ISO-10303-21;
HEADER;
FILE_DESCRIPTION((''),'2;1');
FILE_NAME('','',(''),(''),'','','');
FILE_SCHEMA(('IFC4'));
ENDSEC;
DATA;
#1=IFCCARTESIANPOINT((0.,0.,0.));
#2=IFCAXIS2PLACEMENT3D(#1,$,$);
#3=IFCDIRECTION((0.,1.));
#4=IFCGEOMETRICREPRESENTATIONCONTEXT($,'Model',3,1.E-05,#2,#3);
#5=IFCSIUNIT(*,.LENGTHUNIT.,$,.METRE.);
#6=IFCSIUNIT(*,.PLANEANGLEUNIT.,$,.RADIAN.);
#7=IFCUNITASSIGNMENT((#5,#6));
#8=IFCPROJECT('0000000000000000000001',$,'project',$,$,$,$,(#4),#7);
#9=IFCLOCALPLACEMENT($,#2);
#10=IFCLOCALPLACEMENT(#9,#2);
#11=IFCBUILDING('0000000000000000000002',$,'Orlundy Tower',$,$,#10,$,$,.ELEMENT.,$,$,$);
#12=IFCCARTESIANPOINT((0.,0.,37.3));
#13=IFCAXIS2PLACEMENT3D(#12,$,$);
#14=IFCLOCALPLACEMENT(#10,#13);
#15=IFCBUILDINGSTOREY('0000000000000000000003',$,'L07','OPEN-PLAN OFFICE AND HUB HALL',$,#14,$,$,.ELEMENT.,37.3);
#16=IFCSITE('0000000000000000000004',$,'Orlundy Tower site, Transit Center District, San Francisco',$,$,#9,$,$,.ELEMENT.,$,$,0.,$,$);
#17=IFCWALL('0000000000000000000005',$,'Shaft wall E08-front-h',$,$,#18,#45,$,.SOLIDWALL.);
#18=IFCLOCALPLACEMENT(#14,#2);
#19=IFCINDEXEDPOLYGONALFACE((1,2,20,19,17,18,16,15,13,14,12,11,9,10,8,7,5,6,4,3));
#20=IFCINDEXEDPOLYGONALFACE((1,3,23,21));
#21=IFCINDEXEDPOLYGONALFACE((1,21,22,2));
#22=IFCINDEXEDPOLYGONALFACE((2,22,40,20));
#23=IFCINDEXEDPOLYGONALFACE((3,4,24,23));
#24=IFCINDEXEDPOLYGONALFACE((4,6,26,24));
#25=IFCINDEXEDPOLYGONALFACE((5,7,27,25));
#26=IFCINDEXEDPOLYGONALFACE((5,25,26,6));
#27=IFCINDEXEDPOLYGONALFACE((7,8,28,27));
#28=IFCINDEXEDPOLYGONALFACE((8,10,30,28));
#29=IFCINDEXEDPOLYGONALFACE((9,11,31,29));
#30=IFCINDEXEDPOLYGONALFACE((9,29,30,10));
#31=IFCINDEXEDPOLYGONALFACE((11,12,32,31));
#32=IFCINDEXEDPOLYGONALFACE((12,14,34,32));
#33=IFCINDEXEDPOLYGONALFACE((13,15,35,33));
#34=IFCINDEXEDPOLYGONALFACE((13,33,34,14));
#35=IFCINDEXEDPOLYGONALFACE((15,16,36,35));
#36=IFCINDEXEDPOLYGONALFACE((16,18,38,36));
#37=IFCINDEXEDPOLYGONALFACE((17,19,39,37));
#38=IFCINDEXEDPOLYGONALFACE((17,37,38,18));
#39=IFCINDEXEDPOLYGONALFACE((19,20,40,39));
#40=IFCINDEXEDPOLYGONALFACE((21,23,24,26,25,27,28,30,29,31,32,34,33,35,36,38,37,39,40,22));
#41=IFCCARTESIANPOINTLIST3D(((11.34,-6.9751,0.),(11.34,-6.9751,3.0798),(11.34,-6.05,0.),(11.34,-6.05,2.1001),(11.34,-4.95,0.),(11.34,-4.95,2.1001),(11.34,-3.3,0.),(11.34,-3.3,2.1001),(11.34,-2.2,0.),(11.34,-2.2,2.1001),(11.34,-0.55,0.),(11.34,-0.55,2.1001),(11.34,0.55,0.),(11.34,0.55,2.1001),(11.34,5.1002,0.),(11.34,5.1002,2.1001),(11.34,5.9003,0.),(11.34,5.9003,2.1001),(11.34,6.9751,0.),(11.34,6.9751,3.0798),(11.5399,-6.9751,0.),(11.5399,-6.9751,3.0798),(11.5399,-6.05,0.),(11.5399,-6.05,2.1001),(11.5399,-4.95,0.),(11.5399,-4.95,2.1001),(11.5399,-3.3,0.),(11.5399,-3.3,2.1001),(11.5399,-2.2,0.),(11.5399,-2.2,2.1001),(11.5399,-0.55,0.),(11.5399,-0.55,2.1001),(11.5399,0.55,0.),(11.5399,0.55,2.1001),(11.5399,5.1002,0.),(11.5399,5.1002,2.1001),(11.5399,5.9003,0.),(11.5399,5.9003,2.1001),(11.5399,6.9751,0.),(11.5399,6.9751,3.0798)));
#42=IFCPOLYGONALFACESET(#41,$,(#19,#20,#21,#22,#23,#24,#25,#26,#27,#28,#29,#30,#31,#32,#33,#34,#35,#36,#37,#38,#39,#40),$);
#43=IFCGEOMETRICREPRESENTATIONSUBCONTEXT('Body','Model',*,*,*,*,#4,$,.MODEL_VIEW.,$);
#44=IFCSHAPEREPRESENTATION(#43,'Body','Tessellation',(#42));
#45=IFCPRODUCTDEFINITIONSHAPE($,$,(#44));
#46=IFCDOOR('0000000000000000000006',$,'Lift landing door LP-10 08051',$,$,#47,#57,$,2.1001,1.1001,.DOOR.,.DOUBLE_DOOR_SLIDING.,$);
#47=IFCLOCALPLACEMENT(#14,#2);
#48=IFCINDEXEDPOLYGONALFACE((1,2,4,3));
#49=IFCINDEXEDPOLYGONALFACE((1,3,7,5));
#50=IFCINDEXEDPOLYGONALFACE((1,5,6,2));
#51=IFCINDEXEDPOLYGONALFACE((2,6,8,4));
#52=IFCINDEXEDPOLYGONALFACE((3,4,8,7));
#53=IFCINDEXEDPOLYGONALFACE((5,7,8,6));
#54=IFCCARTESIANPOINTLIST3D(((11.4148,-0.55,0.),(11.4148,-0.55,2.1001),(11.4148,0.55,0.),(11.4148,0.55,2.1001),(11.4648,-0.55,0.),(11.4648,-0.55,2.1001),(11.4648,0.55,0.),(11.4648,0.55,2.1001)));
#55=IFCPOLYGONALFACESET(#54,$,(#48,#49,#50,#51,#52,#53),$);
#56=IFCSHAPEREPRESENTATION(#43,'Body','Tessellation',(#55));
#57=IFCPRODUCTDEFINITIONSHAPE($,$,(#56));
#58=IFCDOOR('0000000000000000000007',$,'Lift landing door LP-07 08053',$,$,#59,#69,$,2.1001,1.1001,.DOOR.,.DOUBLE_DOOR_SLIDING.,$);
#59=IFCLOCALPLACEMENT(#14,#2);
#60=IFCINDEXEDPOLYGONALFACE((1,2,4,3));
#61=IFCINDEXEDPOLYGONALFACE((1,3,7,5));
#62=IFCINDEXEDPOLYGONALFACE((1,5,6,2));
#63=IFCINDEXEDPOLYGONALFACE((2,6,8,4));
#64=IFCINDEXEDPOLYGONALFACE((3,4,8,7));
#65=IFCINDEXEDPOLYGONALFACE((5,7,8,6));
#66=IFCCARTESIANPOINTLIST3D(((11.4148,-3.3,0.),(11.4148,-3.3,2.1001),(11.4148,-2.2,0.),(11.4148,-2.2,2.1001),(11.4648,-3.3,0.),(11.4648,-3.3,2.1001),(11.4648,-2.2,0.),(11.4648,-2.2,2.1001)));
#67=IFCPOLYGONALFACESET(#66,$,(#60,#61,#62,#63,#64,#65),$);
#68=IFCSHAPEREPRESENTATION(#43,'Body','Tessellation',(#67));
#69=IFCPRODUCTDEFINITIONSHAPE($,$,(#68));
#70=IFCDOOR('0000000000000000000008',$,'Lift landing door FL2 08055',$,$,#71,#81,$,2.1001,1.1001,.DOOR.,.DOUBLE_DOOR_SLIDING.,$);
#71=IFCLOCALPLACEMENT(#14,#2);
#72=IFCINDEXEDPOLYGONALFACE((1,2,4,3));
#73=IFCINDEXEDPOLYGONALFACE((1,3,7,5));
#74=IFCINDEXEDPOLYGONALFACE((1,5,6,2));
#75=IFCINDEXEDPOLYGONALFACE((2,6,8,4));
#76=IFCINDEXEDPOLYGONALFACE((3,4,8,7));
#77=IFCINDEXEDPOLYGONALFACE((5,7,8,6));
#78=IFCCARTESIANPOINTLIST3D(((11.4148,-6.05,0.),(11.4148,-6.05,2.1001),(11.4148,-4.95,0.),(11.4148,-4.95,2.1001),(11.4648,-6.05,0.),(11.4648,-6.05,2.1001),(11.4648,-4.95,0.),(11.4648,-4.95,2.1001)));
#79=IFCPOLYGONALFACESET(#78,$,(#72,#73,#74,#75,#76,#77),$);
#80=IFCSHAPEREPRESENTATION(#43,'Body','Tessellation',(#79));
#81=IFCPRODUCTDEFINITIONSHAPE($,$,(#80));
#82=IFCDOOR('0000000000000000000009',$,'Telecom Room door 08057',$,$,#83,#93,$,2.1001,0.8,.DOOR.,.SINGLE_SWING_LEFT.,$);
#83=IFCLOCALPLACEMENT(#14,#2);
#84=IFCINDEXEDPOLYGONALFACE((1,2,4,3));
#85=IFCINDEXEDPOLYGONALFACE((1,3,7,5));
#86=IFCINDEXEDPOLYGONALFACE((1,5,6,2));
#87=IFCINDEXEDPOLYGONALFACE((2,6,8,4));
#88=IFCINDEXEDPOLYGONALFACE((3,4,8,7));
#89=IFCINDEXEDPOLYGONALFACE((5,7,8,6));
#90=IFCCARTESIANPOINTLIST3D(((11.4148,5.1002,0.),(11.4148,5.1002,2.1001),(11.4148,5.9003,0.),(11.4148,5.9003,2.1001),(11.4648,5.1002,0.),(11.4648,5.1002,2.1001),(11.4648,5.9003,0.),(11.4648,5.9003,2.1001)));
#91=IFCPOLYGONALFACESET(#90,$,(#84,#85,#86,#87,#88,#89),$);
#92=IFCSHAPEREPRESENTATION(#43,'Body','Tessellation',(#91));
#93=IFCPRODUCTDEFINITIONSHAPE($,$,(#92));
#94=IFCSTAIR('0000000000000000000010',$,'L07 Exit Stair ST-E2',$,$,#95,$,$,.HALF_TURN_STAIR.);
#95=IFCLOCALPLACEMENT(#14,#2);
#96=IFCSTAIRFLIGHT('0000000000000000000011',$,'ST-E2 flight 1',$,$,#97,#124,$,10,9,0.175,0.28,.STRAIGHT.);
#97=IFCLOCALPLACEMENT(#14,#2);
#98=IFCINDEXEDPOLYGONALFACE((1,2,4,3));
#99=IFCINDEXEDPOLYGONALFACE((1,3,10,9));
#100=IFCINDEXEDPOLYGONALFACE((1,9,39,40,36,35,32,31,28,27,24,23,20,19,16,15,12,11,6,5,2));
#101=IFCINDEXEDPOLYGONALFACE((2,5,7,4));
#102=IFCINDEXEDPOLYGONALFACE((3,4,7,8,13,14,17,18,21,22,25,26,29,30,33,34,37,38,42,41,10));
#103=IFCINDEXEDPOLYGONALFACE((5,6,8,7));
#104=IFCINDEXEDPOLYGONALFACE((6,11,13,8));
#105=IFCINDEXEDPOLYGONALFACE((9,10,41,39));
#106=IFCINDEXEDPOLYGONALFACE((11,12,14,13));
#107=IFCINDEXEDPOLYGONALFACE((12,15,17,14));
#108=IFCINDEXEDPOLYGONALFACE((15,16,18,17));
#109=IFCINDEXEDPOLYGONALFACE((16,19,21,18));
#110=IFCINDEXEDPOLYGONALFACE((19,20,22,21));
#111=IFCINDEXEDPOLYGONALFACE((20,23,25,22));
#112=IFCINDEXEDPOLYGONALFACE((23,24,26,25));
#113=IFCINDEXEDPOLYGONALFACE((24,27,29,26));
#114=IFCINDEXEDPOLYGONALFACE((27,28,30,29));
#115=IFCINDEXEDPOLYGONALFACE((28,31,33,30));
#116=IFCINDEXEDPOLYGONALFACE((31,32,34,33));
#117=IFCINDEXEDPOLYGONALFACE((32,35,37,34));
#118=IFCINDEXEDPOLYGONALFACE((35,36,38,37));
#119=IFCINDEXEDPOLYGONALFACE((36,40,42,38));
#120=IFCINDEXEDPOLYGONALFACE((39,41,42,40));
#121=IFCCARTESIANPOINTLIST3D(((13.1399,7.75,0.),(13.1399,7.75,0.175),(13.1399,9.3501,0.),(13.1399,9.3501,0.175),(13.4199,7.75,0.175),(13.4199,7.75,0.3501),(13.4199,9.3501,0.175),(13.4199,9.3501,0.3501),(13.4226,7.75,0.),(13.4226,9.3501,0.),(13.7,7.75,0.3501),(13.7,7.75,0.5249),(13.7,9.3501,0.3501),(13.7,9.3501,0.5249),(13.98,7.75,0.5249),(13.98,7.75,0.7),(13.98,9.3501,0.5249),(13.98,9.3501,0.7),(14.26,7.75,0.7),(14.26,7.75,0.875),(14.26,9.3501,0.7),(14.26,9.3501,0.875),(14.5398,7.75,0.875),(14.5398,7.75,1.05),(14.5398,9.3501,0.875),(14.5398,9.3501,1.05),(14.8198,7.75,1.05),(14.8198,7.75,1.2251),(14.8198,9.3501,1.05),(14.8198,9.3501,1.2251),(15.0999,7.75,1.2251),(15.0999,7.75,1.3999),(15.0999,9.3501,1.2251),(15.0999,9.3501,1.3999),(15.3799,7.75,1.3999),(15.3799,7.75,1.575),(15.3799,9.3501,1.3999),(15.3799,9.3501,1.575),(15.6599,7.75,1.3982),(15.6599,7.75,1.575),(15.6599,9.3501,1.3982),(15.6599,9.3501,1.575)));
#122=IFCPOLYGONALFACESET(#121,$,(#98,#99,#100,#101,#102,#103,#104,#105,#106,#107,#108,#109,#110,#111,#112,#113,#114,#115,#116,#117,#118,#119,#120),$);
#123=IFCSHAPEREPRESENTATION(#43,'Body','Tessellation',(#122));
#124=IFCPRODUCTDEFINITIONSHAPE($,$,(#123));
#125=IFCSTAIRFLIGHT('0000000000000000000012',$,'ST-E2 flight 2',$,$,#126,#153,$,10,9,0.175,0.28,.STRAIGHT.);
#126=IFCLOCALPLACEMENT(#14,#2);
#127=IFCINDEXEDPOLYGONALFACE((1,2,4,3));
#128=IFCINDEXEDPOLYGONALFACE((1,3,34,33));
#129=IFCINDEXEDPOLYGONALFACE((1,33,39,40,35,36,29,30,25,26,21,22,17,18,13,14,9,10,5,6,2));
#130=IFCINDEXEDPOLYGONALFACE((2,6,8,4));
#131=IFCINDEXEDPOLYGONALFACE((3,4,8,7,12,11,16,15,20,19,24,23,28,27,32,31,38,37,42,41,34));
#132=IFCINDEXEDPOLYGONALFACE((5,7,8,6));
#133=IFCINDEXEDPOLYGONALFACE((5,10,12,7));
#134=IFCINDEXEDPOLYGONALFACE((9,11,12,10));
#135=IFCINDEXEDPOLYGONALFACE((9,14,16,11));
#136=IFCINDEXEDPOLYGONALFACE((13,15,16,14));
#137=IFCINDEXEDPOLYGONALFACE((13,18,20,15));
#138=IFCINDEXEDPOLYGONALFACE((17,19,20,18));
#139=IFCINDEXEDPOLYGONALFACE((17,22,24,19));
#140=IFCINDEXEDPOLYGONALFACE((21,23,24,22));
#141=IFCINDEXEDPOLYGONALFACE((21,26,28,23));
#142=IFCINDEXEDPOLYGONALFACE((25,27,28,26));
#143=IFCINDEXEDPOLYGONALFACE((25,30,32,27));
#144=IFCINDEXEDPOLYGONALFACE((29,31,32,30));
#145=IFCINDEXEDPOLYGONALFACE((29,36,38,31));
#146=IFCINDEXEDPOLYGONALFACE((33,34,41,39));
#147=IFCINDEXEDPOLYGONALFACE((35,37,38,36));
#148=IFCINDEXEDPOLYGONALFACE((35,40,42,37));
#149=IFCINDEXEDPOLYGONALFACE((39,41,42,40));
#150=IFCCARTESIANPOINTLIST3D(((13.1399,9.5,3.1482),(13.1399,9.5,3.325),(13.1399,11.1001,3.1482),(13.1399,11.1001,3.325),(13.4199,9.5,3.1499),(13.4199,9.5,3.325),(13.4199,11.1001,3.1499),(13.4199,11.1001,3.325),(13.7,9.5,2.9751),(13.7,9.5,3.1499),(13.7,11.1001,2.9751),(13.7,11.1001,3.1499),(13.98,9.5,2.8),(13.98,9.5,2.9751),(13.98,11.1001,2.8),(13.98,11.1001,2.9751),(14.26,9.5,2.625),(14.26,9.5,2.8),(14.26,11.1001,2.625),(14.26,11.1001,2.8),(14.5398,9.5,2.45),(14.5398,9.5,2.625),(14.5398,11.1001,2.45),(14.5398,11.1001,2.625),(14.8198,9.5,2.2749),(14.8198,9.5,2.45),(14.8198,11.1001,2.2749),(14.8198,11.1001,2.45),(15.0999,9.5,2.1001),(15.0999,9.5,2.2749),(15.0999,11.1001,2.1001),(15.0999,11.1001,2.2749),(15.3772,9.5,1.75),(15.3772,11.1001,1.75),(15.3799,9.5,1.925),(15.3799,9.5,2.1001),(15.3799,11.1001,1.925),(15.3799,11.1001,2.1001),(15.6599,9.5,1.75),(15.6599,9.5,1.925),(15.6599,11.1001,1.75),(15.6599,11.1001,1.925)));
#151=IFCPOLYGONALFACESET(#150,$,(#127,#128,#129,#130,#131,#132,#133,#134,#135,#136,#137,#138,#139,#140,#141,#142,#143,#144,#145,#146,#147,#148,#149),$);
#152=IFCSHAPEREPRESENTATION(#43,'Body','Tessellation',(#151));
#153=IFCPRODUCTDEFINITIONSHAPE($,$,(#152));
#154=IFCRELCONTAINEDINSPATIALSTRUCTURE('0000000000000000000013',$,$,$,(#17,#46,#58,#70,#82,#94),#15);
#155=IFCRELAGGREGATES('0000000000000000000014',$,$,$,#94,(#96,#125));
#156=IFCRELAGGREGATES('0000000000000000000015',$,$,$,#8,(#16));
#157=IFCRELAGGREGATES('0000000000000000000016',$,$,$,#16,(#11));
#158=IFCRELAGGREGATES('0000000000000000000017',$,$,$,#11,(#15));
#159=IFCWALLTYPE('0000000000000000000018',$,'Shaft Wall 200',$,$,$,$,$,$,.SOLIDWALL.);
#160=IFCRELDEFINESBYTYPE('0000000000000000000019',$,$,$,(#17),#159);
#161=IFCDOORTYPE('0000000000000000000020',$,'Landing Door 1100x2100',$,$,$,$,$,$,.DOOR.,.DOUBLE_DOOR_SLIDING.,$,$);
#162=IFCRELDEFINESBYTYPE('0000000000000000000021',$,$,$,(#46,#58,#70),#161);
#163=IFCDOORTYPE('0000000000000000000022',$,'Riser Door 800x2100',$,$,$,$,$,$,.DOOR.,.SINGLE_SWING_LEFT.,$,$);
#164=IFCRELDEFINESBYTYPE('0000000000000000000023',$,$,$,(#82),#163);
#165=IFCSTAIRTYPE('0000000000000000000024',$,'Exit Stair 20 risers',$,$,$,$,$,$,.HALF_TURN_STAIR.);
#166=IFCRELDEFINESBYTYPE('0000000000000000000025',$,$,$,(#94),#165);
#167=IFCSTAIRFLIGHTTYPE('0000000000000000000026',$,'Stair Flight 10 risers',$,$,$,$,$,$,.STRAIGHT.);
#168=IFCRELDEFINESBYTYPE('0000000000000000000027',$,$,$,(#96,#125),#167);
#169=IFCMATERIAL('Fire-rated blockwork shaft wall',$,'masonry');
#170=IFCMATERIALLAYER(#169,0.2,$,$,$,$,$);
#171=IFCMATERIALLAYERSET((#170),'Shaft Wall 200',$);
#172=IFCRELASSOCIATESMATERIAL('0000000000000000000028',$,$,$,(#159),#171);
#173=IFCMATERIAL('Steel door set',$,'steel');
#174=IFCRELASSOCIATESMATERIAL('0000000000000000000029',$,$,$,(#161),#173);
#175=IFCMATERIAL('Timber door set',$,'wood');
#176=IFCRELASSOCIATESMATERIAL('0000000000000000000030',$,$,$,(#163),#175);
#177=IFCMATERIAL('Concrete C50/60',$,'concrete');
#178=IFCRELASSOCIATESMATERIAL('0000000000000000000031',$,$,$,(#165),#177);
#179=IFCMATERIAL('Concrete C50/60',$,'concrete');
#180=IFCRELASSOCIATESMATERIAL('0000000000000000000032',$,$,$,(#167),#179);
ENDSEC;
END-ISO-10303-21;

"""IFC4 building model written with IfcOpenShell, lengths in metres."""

from ifc_helpers import new_model, si_unit, direction, frame, frame_2d, origin, place, context, subcontext, project, spatial, polyline, rectangle, outline, extrude, material, layer, layer_set, type_object, element, fill, aggregate, save


model = new_model("IFC4")

# Units and contexts
model_context = context("Model", 3, precision=1e-05, world=origin(), true_north=direction((0.0, 1.0)))
body_context = subcontext(model_context, "Body", "Model", "MODEL_VIEW")
ifc_project = project(units=[si_unit("LENGTHUNIT", "METRE"), si_unit("PLANEANGLEUNIT", "RADIAN")], contexts=[model_context])

# Site, building, storey
site_placement = place(None, origin())
site = spatial("IfcSite", under=ifc_project, at=site_placement, Name="Orlundy Tower site, Transit Center District, San Francisco", CompositionType="ELEMENT", RefElevation=0.0)
building_placement = place(site_placement, origin())
building = spatial("IfcBuilding", under=site, at=building_placement, Name="Orlundy Tower", CompositionType="ELEMENT")
storey_placement = place(building_placement, frame((0.0, 0.0, 37.3)))
storey = spatial("IfcBuildingStorey", under=building, at=storey_placement, Name="L07", Description="OPEN-PLAN OFFICE AND HUB HALL", CompositionType="ELEMENT", Elevation=37.3)

# Shared definitions
ifc_material_1 = material(Name="Fire-rated blockwork shaft wall", Category="masonry")
ifc_layer_1 = layer(ifc_material_1, 0.2)
ifc_layer_set_1 = layer_set([ifc_layer_1], Name="Shaft Wall 200")
wall_type_1 = type_object("IfcWallType", Name="Shaft Wall 200", PredefinedType="SOLIDWALL", material=ifc_layer_set_1)

# Wall, openings, doors
wall_1_placement = place(storey_placement, frame((11.4399, 6.9751, 0.0), z_axis=(0.0, 0.0, 1.0), x_axis=(0.0, -1.0, 0.0)))
wall_1 = element("IfcWall", 1, at=wall_1_placement, inside=storey, type_object=wall_type_1, Name="Shaft wall E08-front-h", PredefinedType="SOLIDWALL", context=body_context, shape_type="SweptSolid", body=[
    extrude(rectangle(XDim=13.9502, YDim=0.2, at=frame_2d((6.9751, 0.0))), origin(), (0.0, 0.0, 1.0), 3.0798),
])
opening_1_placement = place(wall_1_placement, frame((6.425, 0.0, 0.0)))
opening_1 = element("IfcOpeningElement", 2, at=opening_1_placement, cuts=wall_1, PredefinedType="OPENING", context=body_context, shape_type="SweptSolid", body=[
    extrude(rectangle(XDim=1.1001, YDim=2.1001, at=frame_2d((0.55, 1.05))), frame((0.0, 0.1101, 0.0), z_axis=(0.0, -1.0, 0.0), x_axis=(1.0, 0.0, 0.0)), (0.0, 0.0, 1.0), 0.2202),
])
opening_2_placement = place(wall_1_placement, frame((9.175, 0.0, 0.0)))
opening_2 = element("IfcOpeningElement", 3, at=opening_2_placement, cuts=wall_1, PredefinedType="OPENING", context=body_context, shape_type="SweptSolid", body=[
    extrude(rectangle(XDim=1.1001, YDim=2.1001, at=frame_2d((0.55, 1.05))), frame((0.0, 0.1101, 0.0), z_axis=(0.0, -1.0, 0.0), x_axis=(1.0, 0.0, 0.0)), (0.0, 0.0, 1.0), 0.2202),
])
opening_3_placement = place(wall_1_placement, frame((11.925, 0.0, 0.0)))
opening_3 = element("IfcOpeningElement", 4, at=opening_3_placement, cuts=wall_1, PredefinedType="OPENING", context=body_context, shape_type="SweptSolid", body=[
    extrude(rectangle(XDim=1.1001, YDim=2.1001, at=frame_2d((0.55, 1.05))), frame((0.0, 0.1101, 0.0), z_axis=(0.0, -1.0, 0.0), x_axis=(1.0, 0.0, 0.0)), (0.0, 0.0, 1.0), 0.2202),
])
opening_4_placement = place(wall_1_placement, frame((1.075, 0.0, 0.0)))
opening_4 = element("IfcOpeningElement", 5, at=opening_4_placement, cuts=wall_1, PredefinedType="OPENING", context=body_context, shape_type="SweptSolid", body=[
    extrude(rectangle(XDim=0.8, YDim=2.1001, at=frame_2d((0.3999, 1.05))), frame((0.0, 0.1101, 0.0), z_axis=(0.0, -1.0, 0.0), x_axis=(1.0, 0.0, 0.0)), (0.0, 0.0, 1.0), 0.2202),
])
ifc_material_2 = material(Name="Steel door set", Category="steel")
door_type_1 = type_object("IfcDoorType", Name="Landing Door 1100x2100", OperationType="DOUBLE_DOOR_SLIDING", PredefinedType="DOOR", material=ifc_material_2)
door_1_placement = place(opening_1_placement, origin())
door_1 = element("IfcDoor", 6, at=door_1_placement, inside=storey, type_object=door_type_1, Name="Lift landing door LP-10 08051", OperationType="DOUBLE_DOOR_SLIDING", OverallHeight=2.1001, OverallWidth=1.1001, PredefinedType="DOOR", context=body_context, shape_type="SweptSolid", body=[
    extrude(rectangle(XDim=1.1001, YDim=2.1001, at=frame_2d((0.55, 1.05))), frame((0.0, 0.0249, 0.0), z_axis=(0.0, -1.0, 0.0), x_axis=(1.0, 0.0, 0.0)), (0.0, 0.0, 1.0), 0.05),
])
fill(opening_1, door_1)
door_2_placement = place(opening_2_placement, origin())
door_2 = element("IfcDoor", 7, at=door_2_placement, inside=storey, type_object=door_type_1, Name="Lift landing door LP-07 08053", OperationType="DOUBLE_DOOR_SLIDING", OverallHeight=2.1001, OverallWidth=1.1001, PredefinedType="DOOR", context=body_context, shape_type="SweptSolid", body=[
    extrude(rectangle(XDim=1.1001, YDim=2.1001, at=frame_2d((0.55, 1.05))), frame((0.0, 0.0249, 0.0), z_axis=(0.0, -1.0, 0.0), x_axis=(1.0, 0.0, 0.0)), (0.0, 0.0, 1.0), 0.05),
])
fill(opening_2, door_2)
door_3_placement = place(opening_3_placement, origin())
door_3 = element("IfcDoor", 8, at=door_3_placement, inside=storey, type_object=door_type_1, Name="Lift landing door FL2 08055", OperationType="DOUBLE_DOOR_SLIDING", OverallHeight=2.1001, OverallWidth=1.1001, PredefinedType="DOOR", context=body_context, shape_type="SweptSolid", body=[
    extrude(rectangle(XDim=1.1001, YDim=2.1001, at=frame_2d((0.55, 1.05))), frame((0.0, 0.0249, 0.0), z_axis=(0.0, -1.0, 0.0), x_axis=(1.0, 0.0, 0.0)), (0.0, 0.0, 1.0), 0.05),
])
fill(opening_3, door_3)
ifc_material_3 = material(Name="Timber door set", Category="wood")
door_type_2 = type_object("IfcDoorType", Name="Riser Door 800x2100", OperationType="SINGLE_SWING_LEFT", PredefinedType="DOOR", material=ifc_material_3)
door_4_placement = place(opening_4_placement, origin())
door_4 = element("IfcDoor", 9, at=door_4_placement, inside=storey, type_object=door_type_2, Name="Telecom Room door 08057", OperationType="SINGLE_SWING_LEFT", OverallHeight=2.1001, OverallWidth=0.8, PredefinedType="DOOR", context=body_context, shape_type="SweptSolid", body=[
    extrude(rectangle(XDim=0.8, YDim=2.1001, at=frame_2d((0.3999, 1.05))), frame((0.0, 0.0249, 0.0), z_axis=(0.0, -1.0, 0.0), x_axis=(1.0, 0.0, 0.0)), (0.0, 0.0, 1.0), 0.05),
])
fill(opening_4, door_4)

# Stair, stair flights
ifc_material_4 = material(Name="Concrete C50/60", Category="concrete")
stair_type = type_object("IfcStairType", Name="Exit Stair 20 risers", PredefinedType="HALF_TURN_STAIR", material=ifc_material_4)
stair_placement = place(storey_placement, origin())
stair = element("IfcStair", 10, at=stair_placement, inside=storey, type_object=stair_type, Name="L07 Exit Stair ST-E2", PredefinedType="HALF_TURN_STAIR")
ifc_material_5 = material(Name="Concrete C50/60", Category="concrete")
stair_flight_type = type_object("IfcStairFlightType", Name="Stair Flight 10 risers", PredefinedType="STRAIGHT", material=ifc_material_5)
stair_flight_1_placement = place(storey_placement, frame((13.1399, 8.55, 0.0), z_axis=(0.0, 0.0, 1.0), x_axis=(1.0, 0.0, 0.0)))
stair_flight_1 = element("IfcStairFlight", 11, at=stair_flight_1_placement, type_object=stair_flight_type, Name="ST-E2 flight 1", NumberOfRisers=10, NumberOfTreads=9, PredefinedType="STRAIGHT", RiserHeight=0.175, TreadLength=0.28, context=body_context, shape_type="SweptSolid", body=[
    extrude(outline(polyline([(0.0, 0.0), (0.0, 0.175), (0.28, 0.175), (0.28, 0.3501), (0.5601, 0.3501), (0.5601, 0.5249), (0.8401, 0.5249), (0.8401, 0.7), (1.1201, 0.7), (1.1201, 0.875), (1.3999, 0.875), (1.3999, 1.05), (1.6799, 1.05), (1.6799, 1.2251), (1.96, 1.2251), (1.96, 1.3999), (2.24, 1.3999), (2.24, 1.575), (2.52, 1.575), (2.52, 1.75), (2.52, 1.3982), (0.2827, 0.0), (0.0, 0.0)])), frame((0.0, 0.8, 0.0), z_axis=(0.0, -1.0, 0.0), x_axis=(1.0, 0.0, 0.0)), (0.0, 0.0, 1.0), 1.6001),
])
stair_flight_2_placement = place(storey_placement, frame((15.6599, 10.3, 1.75), z_axis=(0.0, 0.0, 1.0), x_axis=(-1.0, 0.0, 0.0)))
stair_flight_2 = element("IfcStairFlight", 12, at=stair_flight_2_placement, type_object=stair_flight_type, Name="ST-E2 flight 2", NumberOfRisers=10, NumberOfTreads=9, PredefinedType="STRAIGHT", RiserHeight=0.175, TreadLength=0.28, context=body_context, shape_type="SweptSolid", body=[
    extrude(outline(polyline([(0.0, 0.0), (0.0, 0.175), (0.28, 0.175), (0.28, 0.3501), (0.5601, 0.3501), (0.5601, 0.5249), (0.8401, 0.5249), (0.8401, 0.7), (1.1201, 0.7), (1.1201, 0.875), (1.3999, 0.875), (1.3999, 1.05), (1.6799, 1.05), (1.6799, 1.2251), (1.96, 1.2251), (1.96, 1.3999), (2.24, 1.3999), (2.24, 1.575), (2.52, 1.575), (2.52, 1.75), (2.52, 1.3982), (0.2827, 0.0), (0.0, 0.0)])), frame((0.0, 0.8, 0.0), z_axis=(0.0, -1.0, 0.0), x_axis=(1.0, 0.0, 0.0)), (0.0, 0.0, 1.0), 1.6001),
])
aggregate(stair, [stair_flight_1, stair_flight_2])

save(model, "model.ifc")
